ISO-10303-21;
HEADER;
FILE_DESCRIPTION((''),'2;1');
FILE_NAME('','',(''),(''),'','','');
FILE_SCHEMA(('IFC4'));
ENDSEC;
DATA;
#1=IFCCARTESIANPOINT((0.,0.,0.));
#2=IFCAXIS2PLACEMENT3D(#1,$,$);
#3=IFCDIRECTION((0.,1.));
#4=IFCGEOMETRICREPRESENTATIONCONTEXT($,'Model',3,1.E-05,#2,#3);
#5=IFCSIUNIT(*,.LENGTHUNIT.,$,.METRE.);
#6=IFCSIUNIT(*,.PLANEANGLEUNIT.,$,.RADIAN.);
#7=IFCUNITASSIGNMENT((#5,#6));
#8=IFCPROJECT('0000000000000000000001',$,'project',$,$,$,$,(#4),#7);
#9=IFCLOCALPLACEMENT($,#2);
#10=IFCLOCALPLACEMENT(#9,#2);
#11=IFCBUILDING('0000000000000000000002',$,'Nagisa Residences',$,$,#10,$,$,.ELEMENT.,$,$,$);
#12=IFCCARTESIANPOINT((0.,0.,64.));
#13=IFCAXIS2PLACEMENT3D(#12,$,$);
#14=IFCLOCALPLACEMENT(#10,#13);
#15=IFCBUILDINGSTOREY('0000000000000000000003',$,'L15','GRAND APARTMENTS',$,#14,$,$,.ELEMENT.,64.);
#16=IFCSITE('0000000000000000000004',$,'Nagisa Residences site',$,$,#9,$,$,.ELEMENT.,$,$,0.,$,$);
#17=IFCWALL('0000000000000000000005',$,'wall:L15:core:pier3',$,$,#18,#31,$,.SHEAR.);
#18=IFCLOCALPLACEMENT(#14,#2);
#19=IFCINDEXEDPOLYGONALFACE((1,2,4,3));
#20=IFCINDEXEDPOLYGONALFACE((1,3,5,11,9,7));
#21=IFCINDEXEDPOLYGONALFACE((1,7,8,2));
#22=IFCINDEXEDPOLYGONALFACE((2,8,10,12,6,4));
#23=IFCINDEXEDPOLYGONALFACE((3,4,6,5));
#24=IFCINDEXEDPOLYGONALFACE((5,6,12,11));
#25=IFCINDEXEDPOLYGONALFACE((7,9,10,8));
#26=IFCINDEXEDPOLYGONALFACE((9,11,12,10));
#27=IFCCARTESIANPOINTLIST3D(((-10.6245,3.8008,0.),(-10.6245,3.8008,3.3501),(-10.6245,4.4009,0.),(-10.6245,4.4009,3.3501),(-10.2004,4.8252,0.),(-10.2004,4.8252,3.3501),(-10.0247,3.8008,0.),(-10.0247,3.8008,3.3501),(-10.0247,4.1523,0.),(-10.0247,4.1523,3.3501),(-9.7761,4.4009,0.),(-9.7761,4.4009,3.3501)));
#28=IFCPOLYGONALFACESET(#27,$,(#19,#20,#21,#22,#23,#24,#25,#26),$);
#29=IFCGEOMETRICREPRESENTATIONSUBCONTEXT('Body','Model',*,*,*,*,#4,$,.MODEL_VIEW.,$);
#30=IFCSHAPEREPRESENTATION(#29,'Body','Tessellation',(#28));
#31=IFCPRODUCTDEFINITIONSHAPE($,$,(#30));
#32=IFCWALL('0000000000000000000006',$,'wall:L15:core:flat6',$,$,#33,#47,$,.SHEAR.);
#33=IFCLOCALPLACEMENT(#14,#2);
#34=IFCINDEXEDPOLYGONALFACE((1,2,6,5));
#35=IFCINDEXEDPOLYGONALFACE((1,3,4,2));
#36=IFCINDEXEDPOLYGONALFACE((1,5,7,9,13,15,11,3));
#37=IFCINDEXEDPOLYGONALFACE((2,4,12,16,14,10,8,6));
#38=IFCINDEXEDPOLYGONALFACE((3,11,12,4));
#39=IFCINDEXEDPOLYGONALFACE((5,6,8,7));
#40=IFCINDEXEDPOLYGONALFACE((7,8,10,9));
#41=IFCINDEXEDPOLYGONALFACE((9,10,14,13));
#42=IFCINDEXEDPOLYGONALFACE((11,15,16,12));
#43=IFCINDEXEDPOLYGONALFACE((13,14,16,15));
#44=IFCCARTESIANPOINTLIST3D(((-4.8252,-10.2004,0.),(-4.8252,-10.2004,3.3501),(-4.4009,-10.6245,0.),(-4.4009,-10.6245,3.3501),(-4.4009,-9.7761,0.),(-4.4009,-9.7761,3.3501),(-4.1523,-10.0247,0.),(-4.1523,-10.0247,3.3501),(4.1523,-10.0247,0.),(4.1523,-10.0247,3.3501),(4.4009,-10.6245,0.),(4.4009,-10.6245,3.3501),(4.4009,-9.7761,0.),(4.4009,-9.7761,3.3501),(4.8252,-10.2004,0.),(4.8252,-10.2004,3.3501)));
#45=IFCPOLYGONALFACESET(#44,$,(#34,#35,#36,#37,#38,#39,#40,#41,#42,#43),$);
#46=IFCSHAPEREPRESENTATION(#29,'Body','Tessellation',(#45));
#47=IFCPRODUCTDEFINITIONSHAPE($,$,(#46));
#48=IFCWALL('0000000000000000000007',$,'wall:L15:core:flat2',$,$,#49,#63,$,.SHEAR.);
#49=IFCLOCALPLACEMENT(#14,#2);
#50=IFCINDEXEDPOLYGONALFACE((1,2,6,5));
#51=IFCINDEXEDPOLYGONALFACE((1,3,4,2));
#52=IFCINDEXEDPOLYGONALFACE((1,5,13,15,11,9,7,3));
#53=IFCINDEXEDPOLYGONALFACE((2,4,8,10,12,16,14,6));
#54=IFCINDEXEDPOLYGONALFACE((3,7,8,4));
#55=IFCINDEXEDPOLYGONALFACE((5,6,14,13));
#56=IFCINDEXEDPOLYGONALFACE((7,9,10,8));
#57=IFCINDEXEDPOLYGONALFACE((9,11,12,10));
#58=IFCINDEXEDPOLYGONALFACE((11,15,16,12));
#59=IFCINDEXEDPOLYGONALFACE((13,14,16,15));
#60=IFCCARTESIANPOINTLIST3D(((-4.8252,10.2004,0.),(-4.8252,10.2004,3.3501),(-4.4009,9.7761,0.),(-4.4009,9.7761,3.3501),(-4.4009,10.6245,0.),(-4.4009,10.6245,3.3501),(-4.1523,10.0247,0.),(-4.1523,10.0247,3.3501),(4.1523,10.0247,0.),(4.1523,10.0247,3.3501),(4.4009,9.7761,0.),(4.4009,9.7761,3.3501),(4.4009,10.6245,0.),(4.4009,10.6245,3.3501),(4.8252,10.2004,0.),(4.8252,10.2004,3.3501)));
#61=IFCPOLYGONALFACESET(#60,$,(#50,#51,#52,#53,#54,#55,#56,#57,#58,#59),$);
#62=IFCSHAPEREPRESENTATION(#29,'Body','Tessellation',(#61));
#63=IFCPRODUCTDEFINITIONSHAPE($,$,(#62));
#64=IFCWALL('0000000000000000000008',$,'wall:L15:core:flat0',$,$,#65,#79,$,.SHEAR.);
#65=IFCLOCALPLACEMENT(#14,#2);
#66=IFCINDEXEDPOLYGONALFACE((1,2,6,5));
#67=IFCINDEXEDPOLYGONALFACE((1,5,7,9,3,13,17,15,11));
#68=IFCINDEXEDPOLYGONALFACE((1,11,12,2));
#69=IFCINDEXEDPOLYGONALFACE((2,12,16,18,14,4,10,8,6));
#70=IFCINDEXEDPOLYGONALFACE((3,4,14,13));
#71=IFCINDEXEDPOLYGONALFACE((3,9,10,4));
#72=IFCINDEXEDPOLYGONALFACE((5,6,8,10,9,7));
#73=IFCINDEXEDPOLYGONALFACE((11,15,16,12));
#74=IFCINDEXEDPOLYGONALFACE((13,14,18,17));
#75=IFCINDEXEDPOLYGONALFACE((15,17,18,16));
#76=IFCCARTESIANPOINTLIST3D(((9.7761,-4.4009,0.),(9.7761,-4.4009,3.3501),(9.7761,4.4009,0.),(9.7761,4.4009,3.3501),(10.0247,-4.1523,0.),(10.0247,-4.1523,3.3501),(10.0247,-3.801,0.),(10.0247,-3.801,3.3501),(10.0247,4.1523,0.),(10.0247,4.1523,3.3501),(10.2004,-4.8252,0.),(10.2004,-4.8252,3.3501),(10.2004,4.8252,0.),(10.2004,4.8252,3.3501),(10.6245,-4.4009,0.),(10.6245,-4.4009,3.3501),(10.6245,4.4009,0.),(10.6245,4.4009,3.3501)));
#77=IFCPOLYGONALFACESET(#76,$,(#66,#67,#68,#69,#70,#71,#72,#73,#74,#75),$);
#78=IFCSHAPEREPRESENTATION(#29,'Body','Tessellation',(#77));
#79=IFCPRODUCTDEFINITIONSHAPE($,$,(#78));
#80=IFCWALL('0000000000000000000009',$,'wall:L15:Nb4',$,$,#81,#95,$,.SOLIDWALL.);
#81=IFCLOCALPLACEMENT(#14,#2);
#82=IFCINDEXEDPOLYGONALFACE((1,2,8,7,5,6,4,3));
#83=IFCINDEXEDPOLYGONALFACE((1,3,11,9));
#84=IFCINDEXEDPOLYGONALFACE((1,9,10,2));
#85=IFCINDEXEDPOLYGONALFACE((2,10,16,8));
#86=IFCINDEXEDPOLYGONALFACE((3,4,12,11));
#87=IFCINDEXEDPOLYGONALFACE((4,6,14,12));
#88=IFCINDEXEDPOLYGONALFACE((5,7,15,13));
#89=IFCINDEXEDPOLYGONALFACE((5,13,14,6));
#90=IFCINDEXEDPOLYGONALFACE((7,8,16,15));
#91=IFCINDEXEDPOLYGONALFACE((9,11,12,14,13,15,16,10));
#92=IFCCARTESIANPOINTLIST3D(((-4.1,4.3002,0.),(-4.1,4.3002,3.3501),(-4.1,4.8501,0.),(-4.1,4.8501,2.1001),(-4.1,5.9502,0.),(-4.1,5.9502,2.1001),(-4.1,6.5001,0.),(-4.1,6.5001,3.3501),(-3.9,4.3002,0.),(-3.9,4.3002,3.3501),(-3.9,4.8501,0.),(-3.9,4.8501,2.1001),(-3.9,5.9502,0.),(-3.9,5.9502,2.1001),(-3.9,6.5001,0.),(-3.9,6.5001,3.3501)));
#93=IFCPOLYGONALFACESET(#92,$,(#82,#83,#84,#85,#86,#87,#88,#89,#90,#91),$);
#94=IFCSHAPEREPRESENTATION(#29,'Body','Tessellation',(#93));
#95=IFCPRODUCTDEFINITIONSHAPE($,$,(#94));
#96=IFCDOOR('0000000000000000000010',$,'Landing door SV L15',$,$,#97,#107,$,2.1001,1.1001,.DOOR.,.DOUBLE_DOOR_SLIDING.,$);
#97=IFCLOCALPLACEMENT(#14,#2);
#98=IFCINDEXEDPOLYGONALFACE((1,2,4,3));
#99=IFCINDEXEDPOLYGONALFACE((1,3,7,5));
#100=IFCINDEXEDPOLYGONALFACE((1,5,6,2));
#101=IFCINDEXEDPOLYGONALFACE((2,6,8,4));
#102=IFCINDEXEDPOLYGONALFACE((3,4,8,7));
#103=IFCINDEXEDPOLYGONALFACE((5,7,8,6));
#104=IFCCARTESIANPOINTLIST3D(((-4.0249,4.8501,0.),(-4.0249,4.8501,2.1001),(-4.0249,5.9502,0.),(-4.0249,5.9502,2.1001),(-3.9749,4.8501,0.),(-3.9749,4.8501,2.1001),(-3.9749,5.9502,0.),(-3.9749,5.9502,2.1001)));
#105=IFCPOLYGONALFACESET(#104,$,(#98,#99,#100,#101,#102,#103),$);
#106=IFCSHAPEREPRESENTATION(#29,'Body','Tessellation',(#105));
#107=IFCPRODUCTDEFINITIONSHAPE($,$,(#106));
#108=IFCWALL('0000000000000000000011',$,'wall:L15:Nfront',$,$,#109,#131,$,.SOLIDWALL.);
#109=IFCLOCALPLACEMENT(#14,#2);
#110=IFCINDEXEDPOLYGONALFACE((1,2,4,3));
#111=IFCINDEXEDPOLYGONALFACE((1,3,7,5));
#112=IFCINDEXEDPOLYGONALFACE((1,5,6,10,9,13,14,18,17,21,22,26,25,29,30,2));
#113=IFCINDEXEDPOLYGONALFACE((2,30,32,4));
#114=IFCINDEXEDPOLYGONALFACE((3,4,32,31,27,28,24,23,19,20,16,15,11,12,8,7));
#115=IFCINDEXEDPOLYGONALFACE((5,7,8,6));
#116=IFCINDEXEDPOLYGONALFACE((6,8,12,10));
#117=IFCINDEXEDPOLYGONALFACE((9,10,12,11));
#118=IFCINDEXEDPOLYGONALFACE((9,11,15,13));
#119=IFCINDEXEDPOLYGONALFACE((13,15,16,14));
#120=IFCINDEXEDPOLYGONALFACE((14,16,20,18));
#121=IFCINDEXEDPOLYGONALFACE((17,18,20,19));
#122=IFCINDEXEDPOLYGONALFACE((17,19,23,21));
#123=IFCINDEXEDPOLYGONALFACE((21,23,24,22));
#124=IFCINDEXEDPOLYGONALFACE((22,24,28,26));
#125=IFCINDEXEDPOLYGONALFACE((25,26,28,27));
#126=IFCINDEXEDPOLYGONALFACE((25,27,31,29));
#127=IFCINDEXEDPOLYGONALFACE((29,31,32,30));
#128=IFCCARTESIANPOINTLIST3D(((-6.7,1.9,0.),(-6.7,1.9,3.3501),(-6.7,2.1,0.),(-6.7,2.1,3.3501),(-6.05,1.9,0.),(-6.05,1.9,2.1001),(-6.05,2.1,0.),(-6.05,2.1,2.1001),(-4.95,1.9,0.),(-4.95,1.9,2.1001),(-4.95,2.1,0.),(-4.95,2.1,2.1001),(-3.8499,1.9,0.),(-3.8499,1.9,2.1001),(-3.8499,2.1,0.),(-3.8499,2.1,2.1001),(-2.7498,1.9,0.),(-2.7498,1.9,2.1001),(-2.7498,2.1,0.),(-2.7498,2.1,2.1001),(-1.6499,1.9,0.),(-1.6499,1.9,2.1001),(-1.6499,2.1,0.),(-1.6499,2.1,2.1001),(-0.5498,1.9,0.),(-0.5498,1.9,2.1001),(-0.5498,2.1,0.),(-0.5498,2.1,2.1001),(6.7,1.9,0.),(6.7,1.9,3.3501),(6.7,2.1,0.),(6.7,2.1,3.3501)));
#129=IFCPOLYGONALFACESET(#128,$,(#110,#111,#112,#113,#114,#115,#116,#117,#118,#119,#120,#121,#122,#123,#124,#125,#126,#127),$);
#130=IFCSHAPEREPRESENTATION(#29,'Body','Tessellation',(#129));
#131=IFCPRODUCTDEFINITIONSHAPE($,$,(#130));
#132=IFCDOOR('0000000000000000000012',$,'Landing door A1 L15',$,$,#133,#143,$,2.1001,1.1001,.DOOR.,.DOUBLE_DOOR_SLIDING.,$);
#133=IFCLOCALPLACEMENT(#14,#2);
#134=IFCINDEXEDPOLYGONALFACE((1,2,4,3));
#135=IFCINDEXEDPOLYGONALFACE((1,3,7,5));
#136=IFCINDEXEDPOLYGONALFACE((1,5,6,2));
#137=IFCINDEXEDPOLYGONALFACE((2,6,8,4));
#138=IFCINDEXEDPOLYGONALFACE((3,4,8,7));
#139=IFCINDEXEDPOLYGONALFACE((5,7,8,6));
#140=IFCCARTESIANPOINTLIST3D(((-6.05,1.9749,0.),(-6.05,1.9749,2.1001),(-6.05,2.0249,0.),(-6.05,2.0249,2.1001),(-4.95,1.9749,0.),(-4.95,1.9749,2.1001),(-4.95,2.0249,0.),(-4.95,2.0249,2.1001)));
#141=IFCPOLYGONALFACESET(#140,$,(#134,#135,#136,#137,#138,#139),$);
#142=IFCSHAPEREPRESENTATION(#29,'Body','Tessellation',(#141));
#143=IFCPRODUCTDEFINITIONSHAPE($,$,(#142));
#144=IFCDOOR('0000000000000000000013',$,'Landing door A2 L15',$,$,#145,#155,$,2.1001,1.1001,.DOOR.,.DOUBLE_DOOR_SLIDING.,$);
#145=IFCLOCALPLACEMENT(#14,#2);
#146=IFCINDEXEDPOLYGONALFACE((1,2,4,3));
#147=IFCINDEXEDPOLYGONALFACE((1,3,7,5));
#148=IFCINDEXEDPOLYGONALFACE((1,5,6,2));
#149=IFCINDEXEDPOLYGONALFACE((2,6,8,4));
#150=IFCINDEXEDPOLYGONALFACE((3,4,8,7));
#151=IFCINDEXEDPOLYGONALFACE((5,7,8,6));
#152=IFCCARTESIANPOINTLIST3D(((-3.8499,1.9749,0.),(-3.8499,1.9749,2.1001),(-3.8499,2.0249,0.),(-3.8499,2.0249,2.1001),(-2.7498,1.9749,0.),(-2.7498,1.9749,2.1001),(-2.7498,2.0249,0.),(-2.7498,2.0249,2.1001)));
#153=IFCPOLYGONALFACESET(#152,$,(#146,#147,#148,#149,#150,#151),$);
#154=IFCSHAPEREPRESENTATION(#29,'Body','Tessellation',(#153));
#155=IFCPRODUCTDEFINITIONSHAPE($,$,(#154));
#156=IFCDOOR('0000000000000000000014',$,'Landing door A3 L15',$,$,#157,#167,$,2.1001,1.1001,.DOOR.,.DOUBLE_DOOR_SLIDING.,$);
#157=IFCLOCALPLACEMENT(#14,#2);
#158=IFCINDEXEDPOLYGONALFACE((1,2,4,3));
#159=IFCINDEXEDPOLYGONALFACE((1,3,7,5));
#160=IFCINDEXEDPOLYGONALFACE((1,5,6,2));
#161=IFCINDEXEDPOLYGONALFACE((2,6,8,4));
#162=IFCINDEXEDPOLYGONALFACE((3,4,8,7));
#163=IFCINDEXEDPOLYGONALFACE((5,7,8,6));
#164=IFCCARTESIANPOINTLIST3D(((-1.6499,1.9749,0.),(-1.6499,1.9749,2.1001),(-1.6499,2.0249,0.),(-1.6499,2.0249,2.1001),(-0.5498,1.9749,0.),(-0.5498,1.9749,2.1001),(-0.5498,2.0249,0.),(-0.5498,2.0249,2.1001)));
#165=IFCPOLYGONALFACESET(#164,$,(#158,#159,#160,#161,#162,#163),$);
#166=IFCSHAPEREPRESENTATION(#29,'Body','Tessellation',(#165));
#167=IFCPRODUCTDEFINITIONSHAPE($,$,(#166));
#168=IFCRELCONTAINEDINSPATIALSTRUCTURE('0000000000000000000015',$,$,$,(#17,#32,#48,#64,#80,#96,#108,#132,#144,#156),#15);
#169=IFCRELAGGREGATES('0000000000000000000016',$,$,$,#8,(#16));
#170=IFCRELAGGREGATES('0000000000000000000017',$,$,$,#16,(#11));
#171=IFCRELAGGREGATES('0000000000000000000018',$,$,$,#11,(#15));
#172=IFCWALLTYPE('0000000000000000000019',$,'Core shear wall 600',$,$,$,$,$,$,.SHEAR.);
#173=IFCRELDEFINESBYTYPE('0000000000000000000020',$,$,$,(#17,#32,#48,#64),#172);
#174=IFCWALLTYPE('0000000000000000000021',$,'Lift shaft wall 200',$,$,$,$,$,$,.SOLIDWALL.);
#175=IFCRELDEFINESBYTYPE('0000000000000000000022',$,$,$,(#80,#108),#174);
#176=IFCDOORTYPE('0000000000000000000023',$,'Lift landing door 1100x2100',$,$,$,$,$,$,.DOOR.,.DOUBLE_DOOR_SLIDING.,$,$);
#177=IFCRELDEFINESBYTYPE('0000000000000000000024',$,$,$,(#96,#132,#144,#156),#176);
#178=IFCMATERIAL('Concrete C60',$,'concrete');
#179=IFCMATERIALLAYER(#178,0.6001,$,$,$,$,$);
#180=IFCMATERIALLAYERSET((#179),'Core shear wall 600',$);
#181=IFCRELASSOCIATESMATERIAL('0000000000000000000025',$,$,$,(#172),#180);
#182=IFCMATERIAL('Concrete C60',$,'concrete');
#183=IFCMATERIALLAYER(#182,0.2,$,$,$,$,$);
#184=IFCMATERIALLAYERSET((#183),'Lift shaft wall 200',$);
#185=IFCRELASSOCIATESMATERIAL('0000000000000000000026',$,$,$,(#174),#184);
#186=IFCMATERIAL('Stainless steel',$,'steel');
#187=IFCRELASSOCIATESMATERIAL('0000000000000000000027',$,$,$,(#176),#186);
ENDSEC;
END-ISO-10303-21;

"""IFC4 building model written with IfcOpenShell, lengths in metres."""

from ifc_helpers import new_model, si_unit, direction, frame, frame_2d, origin, place, context, subcontext, project, spatial, polyline, rectangle, outline, extrude, material, layer, layer_set, type_object, element, fill, save


model = new_model("IFC4")

# Units and contexts
model_context = context("Model", 3, precision=1e-05, world=origin(), true_north=direction((0.0, 1.0)))
body_context = subcontext(model_context, "Body", "Model", "MODEL_VIEW")
ifc_project = project(units=[si_unit("LENGTHUNIT", "METRE"), si_unit("PLANEANGLEUNIT", "RADIAN")], contexts=[model_context])

# Site, building, storey
site_placement = place(None, origin())
site = spatial("IfcSite", under=ifc_project, at=site_placement, Name="Nagisa Residences site", CompositionType="ELEMENT", RefElevation=0.0)
building_placement = place(site_placement, origin())
building = spatial("IfcBuilding", under=site, at=building_placement, Name="Nagisa Residences", CompositionType="ELEMENT")
storey_placement = place(building_placement, frame((0.0, 0.0, 64.0)))
storey = spatial("IfcBuildingStorey", under=building, at=storey_placement, Name="L15", Description="GRAND APARTMENTS", CompositionType="ELEMENT", Elevation=64.0)

# Shared definitions
ifc_material_1 = material(Name="Concrete C60", Category="concrete")
ifc_layer_1 = layer(ifc_material_1, 0.6001)
ifc_layer_set_1 = layer_set([ifc_layer_1], Name="Core shear wall 600")
wall_type_1 = type_object("IfcWallType", Name="Core shear wall 600", PredefinedType="SHEAR", material=ifc_layer_set_1)

# Walls
wall_1_placement = place(storey_placement, origin())
element("IfcWall", 1, at=wall_1_placement, inside=storey, type_object=wall_type_1, Name="wall:L15:core:pier3", PredefinedType="SHEAR", context=body_context, shape_type="SweptSolid", body=[
    extrude(outline(polyline([(-10.2004, 4.8252), (-9.7761, 4.4009), (-10.0247, 4.1523), (-10.0247, 3.8008), (-10.6245, 3.8008), (-10.6245, 4.4009), (-10.2004, 4.8252)])), origin(), (0.0, 0.0, 1.0), 3.3501),
])
wall_2_placement = place(storey_placement, origin())
element("IfcWall", 2, at=wall_2_placement, inside=storey, type_object=wall_type_1, Name="wall:L15:core:flat6", PredefinedType="SHEAR", context=body_context, shape_type="SweptSolid", body=[
    extrude(outline(polyline([(-4.1523, -10.0247), (4.1523, -10.0247), (4.4009, -9.7761), (4.8252, -10.2004), (4.4009, -10.6245), (-4.4009, -10.6245), (-4.8252, -10.2004), (-4.4009, -9.7761), (-4.1523, -10.0247)])), origin(), (0.0, 0.0, 1.0), 3.3501),
])
wall_3_placement = place(storey_placement, origin())
element("IfcWall", 3, at=wall_3_placement, inside=storey, type_object=wall_type_1, Name="wall:L15:core:flat2", PredefinedType="SHEAR", context=body_context, shape_type="SweptSolid", body=[
    extrude(outline(polyline([(-4.1523, 10.0247), (-4.4009, 9.7761), (-4.8252, 10.2004), (-4.4009, 10.6245), (4.4009, 10.6245), (4.8252, 10.2004), (4.4009, 9.7761), (4.1523, 10.0247), (-4.1523, 10.0247)])), origin(), (0.0, 0.0, 1.0), 3.3501),
])
wall_4_placement = place(storey_placement, origin())
element("IfcWall", 4, at=wall_4_placement, inside=storey, type_object=wall_type_1, Name="wall:L15:core:flat0", PredefinedType="SHEAR", context=body_context, shape_type="SweptSolid", body=[
    extrude(outline(polyline([(9.7761, -4.4009), (10.0247, -4.1523), (10.0247, -3.801), (10.0247, 4.1523), (9.7761, 4.4009), (10.2004, 4.8252), (10.6245, 4.4009), (10.6245, -4.4009), (10.2004, -4.8252), (9.7761, -4.4009)])), origin(), (0.0, 0.0, 1.0), 3.3501),
])

# Wall, opening, door
ifc_material_2 = material(Name="Concrete C60", Category="concrete")
ifc_layer_2 = layer(ifc_material_2, 0.2)
ifc_layer_set_2 = layer_set([ifc_layer_2], Name="Lift shaft wall 200")
wall_type_2 = type_object("IfcWallType", Name="Lift shaft wall 200", PredefinedType="SOLIDWALL", material=ifc_layer_set_2)
wall_5_placement = place(storey_placement, frame((-4.0, 4.3, 0.0), z_axis=(0.0, 0.0, 1.0), x_axis=(0.0, 1.0, 0.0)))
wall_5 = element("IfcWall", 5, at=wall_5_placement, inside=storey, type_object=wall_type_2, Name="wall:L15:Nb4", PredefinedType="SOLIDWALL", context=body_context, shape_type="SweptSolid", body=[
    extrude(rectangle(XDim=2.2, YDim=0.2, at=frame_2d((1.1001, 0.0))), origin(), (0.0, 0.0, 1.0), 3.3501),
])
opening_1_placement = place(wall_5_placement, frame((0.55, 0.0, 0.0)))
opening_1 = element("IfcOpeningElement", 6, at=opening_1_placement, cuts=wall_5, PredefinedType="OPENING", context=body_context, shape_type="SweptSolid", body=[
    extrude(rectangle(XDim=1.1001, YDim=2.1001, at=frame_2d((0.55, 1.05))), frame((0.0, 0.1099, 0.0), z_axis=(0.0, -1.0, 0.0), x_axis=(1.0, 0.0, 0.0)), (0.0, 0.0, 1.0), 0.22),
])
ifc_material_3 = material(Name="Stainless steel", Category="steel")
door_type_1 = type_object("IfcDoorType", Name="Lift landing door 1100x2100", OperationType="DOUBLE_DOOR_SLIDING", PredefinedType="DOOR", material=ifc_material_3)
door_1_placement = place(opening_1_placement, origin())
door_1 = element("IfcDoor", 7, at=door_1_placement, inside=storey, type_object=door_type_1, Name="Landing door SV L15", OperationType="DOUBLE_DOOR_SLIDING", OverallHeight=2.1001, OverallWidth=1.1001, PredefinedType="DOOR", context=body_context, shape_type="SweptSolid", body=[
    extrude(rectangle(XDim=1.1001, YDim=2.1001, at=frame_2d((0.55, 1.05))), frame((0.0, 0.0249, 0.0), z_axis=(0.0, -1.0, 0.0), x_axis=(1.0, 0.0, 0.0)), (0.0, 0.0, 1.0), 0.05),
])
fill(opening_1, door_1)

# Wall, openings, doors
wall_6_placement = place(storey_placement, frame((-6.7, 2.0, 0.0), z_axis=(0.0, 0.0, 1.0), x_axis=(1.0, 0.0, 0.0)))
wall_6 = element("IfcWall", 8, at=wall_6_placement, inside=storey, type_object=wall_type_2, Name="wall:L15:Nfront", PredefinedType="SOLIDWALL", context=body_context, shape_type="SweptSolid", body=[
    extrude(rectangle(XDim=13.3999, YDim=0.2, at=frame_2d((6.7, 0.0))), origin(), (0.0, 0.0, 1.0), 3.3501),
])
opening_2_placement = place(wall_6_placement, frame((0.6499, 0.0, 0.0)))
opening_2 = element("IfcOpeningElement", 9, at=opening_2_placement, cuts=wall_6, PredefinedType="OPENING", context=body_context, shape_type="SweptSolid", body=[
    extrude(rectangle(XDim=1.1001, YDim=2.1001, at=frame_2d((0.55, 1.05))), frame((0.0, 0.1099, 0.0), z_axis=(0.0, -1.0, 0.0), x_axis=(1.0, 0.0, 0.0)), (0.0, 0.0, 1.0), 0.22),
])
opening_3_placement = place(wall_6_placement, frame((2.8501, 0.0, 0.0)))
opening_3 = element("IfcOpeningElement", 10, at=opening_3_placement, cuts=wall_6, PredefinedType="OPENING", context=body_context, shape_type="SweptSolid", body=[
    extrude(rectangle(XDim=1.1001, YDim=2.1001, at=frame_2d((0.55, 1.05))), frame((0.0, 0.1099, 0.0), z_axis=(0.0, -1.0, 0.0), x_axis=(1.0, 0.0, 0.0)), (0.0, 0.0, 1.0), 0.22),
])
opening_4_placement = place(wall_6_placement, frame((5.05, 0.0, 0.0)))
opening_4 = element("IfcOpeningElement", 11, at=opening_4_placement, cuts=wall_6, PredefinedType="OPENING", context=body_context, shape_type="SweptSolid", body=[
    extrude(rectangle(XDim=1.1001, YDim=2.1001, at=frame_2d((0.55, 1.05))), frame((0.0, 0.1099, 0.0), z_axis=(0.0, -1.0, 0.0), x_axis=(1.0, 0.0, 0.0)), (0.0, 0.0, 1.0), 0.22),
])
door_2_placement = place(opening_2_placement, origin())
door_2 = element("IfcDoor", 12, at=door_2_placement, inside=storey, type_object=door_type_1, Name="Landing door A1 L15", OperationType="DOUBLE_DOOR_SLIDING", OverallHeight=2.1001, OverallWidth=1.1001, PredefinedType="DOOR", context=body_context, shape_type="SweptSolid", body=[
    extrude(rectangle(XDim=1.1001, YDim=2.1001, at=frame_2d((0.55, 1.05))), frame((0.0, 0.0249, 0.0), z_axis=(0.0, -1.0, 0.0), x_axis=(1.0, 0.0, 0.0)), (0.0, 0.0, 1.0), 0.05),
])
fill(opening_2, door_2)
door_3_placement = place(opening_3_placement, origin())
door_3 = element("IfcDoor", 13, at=door_3_placement, inside=storey, type_object=door_type_1, Name="Landing door A2 L15", OperationType="DOUBLE_DOOR_SLIDING", OverallHeight=2.1001, OverallWidth=1.1001, PredefinedType="DOOR", context=body_context, shape_type="SweptSolid", body=[
    extrude(rectangle(XDim=1.1001, YDim=2.1001, at=frame_2d((0.55, 1.05))), frame((0.0, 0.0249, 0.0), z_axis=(0.0, -1.0, 0.0), x_axis=(1.0, 0.0, 0.0)), (0.0, 0.0, 1.0), 0.05),
])
fill(opening_3, door_3)
door_4_placement = place(opening_4_placement, origin())
door_4 = element("IfcDoor", 14, at=door_4_placement, inside=storey, type_object=door_type_1, Name="Landing door A3 L15", OperationType="DOUBLE_DOOR_SLIDING", OverallHeight=2.1001, OverallWidth=1.1001, PredefinedType="DOOR", context=body_context, shape_type="SweptSolid", body=[
    extrude(rectangle(XDim=1.1001, YDim=2.1001, at=frame_2d((0.55, 1.05))), frame((0.0, 0.0249, 0.0), z_axis=(0.0, -1.0, 0.0), x_axis=(1.0, 0.0, 0.0)), (0.0, 0.0, 1.0), 0.05),
])
fill(opening_4, door_4)

save(model, "model.ifc")
